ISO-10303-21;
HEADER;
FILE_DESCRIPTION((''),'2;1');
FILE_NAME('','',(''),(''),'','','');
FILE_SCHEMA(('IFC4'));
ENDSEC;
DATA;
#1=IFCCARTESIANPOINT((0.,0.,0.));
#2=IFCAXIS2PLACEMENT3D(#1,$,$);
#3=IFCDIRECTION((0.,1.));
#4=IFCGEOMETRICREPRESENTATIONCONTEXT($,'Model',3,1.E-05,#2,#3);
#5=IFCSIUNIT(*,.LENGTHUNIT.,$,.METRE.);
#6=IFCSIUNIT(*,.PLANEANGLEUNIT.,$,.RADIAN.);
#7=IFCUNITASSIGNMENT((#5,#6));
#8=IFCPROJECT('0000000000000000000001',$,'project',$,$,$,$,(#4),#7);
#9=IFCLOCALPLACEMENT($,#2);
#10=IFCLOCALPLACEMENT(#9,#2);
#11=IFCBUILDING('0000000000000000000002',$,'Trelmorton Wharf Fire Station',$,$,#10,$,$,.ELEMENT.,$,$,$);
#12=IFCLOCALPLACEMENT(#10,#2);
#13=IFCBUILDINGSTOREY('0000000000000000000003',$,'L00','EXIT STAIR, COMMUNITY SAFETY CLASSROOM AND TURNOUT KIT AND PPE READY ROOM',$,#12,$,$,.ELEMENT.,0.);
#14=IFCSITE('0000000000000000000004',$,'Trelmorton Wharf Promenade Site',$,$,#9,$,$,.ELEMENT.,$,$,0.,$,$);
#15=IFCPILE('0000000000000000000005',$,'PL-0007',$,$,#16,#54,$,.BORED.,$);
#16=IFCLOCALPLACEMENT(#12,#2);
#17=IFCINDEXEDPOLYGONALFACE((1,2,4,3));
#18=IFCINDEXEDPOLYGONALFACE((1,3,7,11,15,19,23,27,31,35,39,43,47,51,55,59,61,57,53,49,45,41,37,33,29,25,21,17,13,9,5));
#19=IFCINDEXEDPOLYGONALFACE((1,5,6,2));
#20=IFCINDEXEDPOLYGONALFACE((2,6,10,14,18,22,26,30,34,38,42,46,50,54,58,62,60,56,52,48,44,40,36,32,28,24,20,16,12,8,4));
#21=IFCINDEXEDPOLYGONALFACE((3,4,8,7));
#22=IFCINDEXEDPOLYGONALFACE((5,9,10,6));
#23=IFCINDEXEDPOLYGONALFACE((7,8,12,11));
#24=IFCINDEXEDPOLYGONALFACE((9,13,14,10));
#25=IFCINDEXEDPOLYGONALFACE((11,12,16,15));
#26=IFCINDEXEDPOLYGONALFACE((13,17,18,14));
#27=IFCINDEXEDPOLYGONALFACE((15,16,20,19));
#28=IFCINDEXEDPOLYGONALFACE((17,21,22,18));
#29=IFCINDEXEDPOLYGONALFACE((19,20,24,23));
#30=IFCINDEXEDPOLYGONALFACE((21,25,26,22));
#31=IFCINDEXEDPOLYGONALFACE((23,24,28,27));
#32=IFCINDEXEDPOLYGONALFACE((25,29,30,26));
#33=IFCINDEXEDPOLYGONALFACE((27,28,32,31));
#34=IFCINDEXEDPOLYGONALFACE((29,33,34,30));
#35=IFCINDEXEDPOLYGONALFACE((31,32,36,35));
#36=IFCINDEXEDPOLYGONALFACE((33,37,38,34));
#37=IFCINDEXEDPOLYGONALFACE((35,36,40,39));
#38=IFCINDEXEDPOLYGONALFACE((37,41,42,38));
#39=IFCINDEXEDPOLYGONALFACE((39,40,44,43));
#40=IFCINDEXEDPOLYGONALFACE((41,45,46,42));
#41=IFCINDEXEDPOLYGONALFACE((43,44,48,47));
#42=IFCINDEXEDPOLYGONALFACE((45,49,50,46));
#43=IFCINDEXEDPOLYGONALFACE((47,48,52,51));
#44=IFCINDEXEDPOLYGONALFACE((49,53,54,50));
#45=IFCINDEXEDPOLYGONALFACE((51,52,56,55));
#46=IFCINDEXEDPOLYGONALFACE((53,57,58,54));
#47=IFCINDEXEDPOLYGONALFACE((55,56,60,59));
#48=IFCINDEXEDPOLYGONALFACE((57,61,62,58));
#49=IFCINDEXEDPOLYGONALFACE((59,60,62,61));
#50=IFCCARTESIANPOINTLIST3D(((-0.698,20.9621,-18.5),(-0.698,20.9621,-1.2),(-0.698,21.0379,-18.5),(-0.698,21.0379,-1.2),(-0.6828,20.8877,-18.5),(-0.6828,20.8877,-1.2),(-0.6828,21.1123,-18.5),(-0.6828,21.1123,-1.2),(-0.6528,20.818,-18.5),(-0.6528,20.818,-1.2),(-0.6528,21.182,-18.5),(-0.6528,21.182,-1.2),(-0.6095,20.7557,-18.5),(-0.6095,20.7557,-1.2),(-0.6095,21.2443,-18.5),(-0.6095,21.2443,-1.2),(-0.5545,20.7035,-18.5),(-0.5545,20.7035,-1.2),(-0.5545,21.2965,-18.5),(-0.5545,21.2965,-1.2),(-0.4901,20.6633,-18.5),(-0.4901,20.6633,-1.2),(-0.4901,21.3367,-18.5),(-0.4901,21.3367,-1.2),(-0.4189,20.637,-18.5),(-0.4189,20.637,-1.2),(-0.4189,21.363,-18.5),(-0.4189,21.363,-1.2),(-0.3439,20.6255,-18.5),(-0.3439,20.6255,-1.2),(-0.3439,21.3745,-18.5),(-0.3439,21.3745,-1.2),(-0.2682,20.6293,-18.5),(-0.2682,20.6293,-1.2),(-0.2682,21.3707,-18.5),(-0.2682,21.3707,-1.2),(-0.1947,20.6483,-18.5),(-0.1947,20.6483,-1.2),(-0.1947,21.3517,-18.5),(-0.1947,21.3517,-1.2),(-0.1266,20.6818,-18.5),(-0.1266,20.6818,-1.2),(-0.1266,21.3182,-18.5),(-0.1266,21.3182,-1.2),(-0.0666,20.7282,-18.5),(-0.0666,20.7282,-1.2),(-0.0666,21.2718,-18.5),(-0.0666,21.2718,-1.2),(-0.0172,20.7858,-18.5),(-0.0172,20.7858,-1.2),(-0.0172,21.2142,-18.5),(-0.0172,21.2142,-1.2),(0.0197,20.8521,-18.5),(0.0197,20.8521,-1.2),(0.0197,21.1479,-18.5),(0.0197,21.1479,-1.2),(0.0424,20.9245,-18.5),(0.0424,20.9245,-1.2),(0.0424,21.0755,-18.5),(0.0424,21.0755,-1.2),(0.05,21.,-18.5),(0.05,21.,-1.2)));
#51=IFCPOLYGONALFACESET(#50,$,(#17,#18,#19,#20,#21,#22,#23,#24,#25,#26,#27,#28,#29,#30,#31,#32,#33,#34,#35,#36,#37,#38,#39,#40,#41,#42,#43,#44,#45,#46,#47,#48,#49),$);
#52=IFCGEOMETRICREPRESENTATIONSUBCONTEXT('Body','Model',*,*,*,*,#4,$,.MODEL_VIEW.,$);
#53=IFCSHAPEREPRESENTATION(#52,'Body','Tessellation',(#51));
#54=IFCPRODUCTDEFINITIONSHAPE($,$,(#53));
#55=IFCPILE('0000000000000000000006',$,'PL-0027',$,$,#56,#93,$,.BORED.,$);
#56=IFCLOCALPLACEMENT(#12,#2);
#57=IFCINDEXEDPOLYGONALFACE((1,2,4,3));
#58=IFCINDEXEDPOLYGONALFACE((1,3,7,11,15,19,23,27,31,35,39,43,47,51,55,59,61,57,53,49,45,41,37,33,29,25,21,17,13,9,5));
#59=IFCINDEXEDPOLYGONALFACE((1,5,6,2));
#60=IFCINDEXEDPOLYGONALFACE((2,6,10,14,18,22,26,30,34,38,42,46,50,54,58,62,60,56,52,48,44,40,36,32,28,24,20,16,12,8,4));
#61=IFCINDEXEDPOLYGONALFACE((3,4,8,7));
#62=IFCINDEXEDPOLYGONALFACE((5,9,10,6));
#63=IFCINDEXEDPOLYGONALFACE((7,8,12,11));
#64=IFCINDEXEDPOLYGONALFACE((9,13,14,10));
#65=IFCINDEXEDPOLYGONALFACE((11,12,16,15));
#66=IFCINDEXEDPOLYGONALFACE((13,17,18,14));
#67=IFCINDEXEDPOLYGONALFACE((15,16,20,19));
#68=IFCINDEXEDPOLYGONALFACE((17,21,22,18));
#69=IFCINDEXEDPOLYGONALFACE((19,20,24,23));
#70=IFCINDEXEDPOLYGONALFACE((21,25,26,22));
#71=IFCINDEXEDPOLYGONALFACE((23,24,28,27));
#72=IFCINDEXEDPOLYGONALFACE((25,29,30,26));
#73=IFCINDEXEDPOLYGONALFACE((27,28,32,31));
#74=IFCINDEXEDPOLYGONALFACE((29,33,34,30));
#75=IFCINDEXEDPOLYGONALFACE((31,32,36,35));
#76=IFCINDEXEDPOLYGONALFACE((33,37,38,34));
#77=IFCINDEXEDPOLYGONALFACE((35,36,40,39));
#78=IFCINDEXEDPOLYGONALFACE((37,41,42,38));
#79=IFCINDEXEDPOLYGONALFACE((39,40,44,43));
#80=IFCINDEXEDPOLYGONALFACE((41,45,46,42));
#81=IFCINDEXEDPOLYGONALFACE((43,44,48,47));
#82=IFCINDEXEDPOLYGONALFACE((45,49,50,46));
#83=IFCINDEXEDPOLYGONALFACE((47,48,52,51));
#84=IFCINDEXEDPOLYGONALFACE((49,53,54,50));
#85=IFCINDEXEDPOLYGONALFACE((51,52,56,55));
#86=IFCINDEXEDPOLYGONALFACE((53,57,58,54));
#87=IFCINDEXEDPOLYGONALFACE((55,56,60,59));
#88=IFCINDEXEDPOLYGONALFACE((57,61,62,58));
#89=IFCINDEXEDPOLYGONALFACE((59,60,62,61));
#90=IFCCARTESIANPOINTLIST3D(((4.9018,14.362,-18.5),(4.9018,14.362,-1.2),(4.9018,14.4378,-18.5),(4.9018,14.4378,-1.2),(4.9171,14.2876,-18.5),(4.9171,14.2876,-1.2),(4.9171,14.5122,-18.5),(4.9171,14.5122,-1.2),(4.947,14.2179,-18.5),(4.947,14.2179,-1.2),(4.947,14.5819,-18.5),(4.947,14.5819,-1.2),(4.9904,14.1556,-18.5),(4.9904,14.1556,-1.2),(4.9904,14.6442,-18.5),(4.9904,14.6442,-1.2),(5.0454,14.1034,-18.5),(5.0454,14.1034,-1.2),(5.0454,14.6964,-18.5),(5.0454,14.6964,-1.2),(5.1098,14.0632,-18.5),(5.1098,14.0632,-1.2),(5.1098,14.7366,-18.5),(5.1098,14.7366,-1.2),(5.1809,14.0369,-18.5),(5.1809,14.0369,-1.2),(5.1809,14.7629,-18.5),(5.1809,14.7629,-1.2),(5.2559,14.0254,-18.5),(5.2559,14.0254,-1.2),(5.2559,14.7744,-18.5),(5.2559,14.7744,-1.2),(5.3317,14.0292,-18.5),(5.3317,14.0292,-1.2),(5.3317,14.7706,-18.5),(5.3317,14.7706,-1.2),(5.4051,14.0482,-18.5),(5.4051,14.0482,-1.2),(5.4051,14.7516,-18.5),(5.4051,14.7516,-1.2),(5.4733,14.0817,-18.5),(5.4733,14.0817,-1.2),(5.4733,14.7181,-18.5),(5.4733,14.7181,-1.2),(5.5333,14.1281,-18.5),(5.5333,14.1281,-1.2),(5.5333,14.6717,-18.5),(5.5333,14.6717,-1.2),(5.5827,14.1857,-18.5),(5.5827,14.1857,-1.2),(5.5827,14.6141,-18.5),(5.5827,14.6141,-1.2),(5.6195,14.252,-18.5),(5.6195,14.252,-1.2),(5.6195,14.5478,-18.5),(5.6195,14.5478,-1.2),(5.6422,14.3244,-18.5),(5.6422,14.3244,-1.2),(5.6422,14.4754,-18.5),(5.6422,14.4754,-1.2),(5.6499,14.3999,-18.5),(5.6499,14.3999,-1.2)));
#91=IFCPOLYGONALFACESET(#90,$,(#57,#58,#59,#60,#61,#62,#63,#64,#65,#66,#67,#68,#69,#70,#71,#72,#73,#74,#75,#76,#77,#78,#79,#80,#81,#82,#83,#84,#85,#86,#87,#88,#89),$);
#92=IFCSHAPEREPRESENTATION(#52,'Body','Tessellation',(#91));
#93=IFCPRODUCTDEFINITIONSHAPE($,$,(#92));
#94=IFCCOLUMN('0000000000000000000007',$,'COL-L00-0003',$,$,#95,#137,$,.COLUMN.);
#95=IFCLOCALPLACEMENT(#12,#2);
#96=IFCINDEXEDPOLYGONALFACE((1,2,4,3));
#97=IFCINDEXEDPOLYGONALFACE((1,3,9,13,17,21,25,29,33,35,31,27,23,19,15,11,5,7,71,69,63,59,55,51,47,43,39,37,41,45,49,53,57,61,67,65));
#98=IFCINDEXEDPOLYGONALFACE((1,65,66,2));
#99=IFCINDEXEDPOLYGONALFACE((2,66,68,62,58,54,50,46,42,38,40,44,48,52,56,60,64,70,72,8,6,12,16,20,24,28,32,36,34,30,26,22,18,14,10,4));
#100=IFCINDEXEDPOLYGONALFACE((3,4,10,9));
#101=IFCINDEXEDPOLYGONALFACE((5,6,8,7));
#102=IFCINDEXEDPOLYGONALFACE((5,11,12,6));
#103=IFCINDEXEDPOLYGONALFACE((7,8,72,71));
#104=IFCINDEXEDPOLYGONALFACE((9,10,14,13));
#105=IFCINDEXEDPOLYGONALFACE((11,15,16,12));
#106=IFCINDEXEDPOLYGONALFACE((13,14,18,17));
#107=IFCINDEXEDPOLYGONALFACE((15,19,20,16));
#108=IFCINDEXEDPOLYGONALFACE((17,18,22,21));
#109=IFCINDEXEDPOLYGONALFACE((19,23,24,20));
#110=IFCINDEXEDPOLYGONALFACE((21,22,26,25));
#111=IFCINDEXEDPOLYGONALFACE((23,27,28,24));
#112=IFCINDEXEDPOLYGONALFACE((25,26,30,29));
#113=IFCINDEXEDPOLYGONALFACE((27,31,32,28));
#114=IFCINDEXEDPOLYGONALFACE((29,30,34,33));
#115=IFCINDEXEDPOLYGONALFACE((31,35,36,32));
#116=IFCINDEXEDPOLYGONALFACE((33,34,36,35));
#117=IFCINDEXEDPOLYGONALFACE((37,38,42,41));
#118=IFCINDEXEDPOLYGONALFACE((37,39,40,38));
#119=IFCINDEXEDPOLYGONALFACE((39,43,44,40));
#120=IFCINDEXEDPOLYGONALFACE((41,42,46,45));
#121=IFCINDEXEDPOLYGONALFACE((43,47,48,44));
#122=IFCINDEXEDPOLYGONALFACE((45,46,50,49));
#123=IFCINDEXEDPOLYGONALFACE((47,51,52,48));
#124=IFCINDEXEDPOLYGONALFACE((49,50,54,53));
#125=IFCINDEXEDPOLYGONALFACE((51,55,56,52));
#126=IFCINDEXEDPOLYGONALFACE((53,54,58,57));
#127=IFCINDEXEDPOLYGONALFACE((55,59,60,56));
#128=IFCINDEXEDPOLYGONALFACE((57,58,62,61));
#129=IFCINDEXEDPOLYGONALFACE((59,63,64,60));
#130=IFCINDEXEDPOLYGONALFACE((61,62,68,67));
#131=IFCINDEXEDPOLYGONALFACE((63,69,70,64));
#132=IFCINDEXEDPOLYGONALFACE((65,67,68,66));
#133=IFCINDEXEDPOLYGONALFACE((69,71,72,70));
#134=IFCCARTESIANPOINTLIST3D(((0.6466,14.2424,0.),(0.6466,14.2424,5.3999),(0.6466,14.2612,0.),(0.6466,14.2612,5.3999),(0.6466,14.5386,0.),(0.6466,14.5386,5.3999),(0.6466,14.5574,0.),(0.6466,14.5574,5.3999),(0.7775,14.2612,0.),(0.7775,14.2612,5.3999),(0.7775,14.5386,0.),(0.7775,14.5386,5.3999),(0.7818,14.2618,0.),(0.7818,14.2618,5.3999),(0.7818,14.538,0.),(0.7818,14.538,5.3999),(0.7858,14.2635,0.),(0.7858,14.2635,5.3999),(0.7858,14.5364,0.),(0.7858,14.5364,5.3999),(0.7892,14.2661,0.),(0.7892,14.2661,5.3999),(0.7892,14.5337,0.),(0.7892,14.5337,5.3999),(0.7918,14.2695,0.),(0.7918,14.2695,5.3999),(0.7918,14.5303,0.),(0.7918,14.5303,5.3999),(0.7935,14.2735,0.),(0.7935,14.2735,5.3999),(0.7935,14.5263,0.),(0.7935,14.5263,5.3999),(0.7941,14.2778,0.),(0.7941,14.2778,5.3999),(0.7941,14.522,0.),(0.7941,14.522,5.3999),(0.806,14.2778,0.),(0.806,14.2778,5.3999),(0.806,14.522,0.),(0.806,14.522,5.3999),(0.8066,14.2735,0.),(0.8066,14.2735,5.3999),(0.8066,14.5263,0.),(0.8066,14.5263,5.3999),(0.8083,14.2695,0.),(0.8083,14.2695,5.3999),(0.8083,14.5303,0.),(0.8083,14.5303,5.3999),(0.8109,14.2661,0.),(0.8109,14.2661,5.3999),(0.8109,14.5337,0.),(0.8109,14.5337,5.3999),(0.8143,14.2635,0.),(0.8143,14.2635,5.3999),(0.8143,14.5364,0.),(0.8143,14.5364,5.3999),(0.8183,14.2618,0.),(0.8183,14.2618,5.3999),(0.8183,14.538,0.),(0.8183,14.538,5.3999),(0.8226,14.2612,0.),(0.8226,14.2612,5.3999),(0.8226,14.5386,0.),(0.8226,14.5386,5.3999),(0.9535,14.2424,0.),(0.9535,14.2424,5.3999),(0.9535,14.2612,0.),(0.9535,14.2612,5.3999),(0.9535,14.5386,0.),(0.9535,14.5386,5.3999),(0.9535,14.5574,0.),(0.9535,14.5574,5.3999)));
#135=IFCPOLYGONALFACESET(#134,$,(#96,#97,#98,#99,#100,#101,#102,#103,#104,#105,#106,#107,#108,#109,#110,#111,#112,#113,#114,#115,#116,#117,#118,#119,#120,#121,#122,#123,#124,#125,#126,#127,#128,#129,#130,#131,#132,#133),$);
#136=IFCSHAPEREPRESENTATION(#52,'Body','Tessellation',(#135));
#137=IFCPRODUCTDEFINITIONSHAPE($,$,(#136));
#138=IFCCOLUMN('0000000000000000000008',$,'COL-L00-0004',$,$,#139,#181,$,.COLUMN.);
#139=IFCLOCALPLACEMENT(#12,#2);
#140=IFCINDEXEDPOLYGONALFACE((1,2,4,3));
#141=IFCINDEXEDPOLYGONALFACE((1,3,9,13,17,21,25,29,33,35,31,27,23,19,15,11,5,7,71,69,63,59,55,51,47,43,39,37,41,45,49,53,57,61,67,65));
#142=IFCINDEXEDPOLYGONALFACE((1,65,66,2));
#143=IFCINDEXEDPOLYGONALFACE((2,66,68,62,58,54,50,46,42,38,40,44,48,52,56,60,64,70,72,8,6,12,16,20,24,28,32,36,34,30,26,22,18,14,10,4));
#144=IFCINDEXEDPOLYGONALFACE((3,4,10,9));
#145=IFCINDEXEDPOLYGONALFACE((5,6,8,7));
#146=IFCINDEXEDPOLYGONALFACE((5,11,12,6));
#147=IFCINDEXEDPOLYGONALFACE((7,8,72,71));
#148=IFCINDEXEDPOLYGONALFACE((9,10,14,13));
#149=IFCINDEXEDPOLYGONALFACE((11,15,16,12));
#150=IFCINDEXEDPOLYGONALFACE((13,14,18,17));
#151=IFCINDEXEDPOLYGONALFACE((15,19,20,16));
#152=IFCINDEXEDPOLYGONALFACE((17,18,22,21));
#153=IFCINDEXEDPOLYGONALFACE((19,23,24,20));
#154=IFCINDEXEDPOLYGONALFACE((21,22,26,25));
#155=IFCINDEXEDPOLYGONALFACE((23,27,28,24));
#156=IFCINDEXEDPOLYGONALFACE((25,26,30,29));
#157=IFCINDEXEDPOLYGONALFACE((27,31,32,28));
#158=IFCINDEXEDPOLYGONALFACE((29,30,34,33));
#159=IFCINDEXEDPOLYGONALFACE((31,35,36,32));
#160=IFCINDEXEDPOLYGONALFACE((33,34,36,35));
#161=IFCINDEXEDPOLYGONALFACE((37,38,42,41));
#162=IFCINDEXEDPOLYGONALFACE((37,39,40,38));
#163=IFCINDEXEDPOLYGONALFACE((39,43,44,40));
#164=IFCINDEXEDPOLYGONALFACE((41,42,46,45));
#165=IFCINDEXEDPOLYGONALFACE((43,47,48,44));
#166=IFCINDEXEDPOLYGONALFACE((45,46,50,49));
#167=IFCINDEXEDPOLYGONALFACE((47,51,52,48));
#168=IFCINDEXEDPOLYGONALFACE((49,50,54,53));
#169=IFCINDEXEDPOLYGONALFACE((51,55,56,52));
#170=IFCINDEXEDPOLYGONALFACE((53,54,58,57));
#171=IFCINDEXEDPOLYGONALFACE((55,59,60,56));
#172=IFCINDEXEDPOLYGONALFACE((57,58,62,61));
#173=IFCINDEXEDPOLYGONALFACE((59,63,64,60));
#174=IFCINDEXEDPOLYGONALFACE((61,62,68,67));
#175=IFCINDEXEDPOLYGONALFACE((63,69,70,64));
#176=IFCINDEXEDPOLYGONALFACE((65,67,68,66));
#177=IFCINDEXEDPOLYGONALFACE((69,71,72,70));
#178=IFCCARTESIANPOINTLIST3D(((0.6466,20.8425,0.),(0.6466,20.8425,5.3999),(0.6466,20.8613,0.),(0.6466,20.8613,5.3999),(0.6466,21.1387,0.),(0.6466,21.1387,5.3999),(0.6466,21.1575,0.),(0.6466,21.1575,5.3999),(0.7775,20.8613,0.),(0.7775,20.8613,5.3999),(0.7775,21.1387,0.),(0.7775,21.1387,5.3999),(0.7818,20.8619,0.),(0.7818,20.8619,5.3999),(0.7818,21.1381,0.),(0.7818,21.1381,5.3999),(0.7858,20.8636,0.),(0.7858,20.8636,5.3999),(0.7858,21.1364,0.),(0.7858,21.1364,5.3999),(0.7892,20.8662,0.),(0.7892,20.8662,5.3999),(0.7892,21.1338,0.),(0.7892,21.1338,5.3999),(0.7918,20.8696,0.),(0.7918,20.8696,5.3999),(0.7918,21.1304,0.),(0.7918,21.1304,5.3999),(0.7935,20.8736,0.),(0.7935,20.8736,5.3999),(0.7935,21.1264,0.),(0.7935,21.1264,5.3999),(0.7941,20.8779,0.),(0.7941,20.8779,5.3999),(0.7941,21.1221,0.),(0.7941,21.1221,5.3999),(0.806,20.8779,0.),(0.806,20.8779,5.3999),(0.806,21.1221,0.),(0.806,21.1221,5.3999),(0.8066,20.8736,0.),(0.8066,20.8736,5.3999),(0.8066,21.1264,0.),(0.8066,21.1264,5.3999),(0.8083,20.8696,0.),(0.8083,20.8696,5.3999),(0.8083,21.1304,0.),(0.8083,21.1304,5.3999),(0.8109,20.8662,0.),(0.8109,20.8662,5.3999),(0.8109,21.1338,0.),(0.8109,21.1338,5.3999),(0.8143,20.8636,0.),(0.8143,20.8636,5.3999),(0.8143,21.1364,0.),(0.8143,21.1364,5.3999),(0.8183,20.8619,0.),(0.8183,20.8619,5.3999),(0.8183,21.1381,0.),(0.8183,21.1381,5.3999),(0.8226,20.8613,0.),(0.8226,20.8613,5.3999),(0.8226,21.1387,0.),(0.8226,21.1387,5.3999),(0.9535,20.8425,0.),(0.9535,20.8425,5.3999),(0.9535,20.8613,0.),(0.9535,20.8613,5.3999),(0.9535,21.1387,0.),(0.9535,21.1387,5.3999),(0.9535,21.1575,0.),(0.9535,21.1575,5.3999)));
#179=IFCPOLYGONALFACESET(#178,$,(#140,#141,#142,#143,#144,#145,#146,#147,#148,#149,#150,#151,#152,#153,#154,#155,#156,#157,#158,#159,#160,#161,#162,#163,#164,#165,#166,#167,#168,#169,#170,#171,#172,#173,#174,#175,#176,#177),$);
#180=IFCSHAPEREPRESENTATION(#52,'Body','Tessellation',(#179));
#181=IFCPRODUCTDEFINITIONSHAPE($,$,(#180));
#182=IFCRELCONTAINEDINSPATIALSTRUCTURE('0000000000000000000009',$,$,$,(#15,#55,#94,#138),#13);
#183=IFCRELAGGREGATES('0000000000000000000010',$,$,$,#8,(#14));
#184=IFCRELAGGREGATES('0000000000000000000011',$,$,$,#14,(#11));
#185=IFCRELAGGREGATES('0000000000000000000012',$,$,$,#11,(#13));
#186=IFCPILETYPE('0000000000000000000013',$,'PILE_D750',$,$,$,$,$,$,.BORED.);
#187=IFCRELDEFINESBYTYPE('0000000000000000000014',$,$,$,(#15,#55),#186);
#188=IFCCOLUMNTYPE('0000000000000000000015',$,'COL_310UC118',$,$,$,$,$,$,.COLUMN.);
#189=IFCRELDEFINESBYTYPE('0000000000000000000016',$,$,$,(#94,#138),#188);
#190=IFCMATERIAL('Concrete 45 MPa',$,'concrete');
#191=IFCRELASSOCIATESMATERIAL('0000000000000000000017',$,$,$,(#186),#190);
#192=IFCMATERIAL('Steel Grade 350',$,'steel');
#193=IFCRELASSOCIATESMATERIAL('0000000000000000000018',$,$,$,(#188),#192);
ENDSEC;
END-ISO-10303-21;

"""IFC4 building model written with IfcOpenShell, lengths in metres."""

from ifc_helpers import new_model, si_unit, direction, frame, origin, origin_2d, place, context, subcontext, project, spatial, circle, i_section, extrude, material, material_profile, profile_set, type_object, element, save


model = new_model("IFC4")

# Units and contexts
model_context = context("Model", 3, precision=1e-05, world=origin(), true_north=direction((0.0, 1.0)))
body_context = subcontext(model_context, "Body", "Model", "MODEL_VIEW")
ifc_project = project(units=[si_unit("LENGTHUNIT", "METRE"), si_unit("PLANEANGLEUNIT", "RADIAN")], contexts=[model_context])

# Site, building, storey
site_placement = place(None, origin())
site = spatial("IfcSite", under=ifc_project, at=site_placement, Name="Trelmorton Wharf Promenade Site", CompositionType="ELEMENT", RefElevation=0.0)
building_placement = place(site_placement, origin())
building = spatial("IfcBuilding", under=site, at=building_placement, Name="Trelmorton Wharf Fire Station", CompositionType="ELEMENT")
storey_placement = place(building_placement, origin())
storey = spatial("IfcBuildingStorey", under=building, at=storey_placement, Name="L00", Description="EXIT STAIR, COMMUNITY SAFETY CLASSROOM AND TURNOUT KIT AND PPE READY ROOM", CompositionType="ELEMENT", Elevation=0.0)

# Piles
ifc_material_1 = material(Name="Concrete 45 MPa", Category="concrete")
ifc_material_profile_1 = material_profile(ifc_material_1, circle(Radius=0.375, at=origin_2d()), Name="PILE-D750")
ifc_profile_set_1 = profile_set([ifc_material_profile_1], Name="Concrete 45 MPa")
pile_type = type_object("IfcPileType", Name="PILE_D750", PredefinedType="BORED", material=ifc_profile_set_1)
for number, where, z_axis, x_axis, name in (
    (1, (-0.325, 21.0, -1.2), (0.0, 0.0, -1.0), (1.0, 0.0, 0.0), "PL-0007"),
    (2, (5.2749, 14.3999, -1.2), (0.0, 0.0, -1.0), (1.0, 0.0, 0.0), "PL-0027"),
):
    element("IfcPile", number, at=place(storey_placement, frame(where, z_axis=z_axis, x_axis=x_axis)), inside=storey, type_object=pile_type, Name=name, PredefinedType="BORED", context=body_context, shape_type="SweptSolid", body=[
        extrude(circle(Radius=0.375, at=origin_2d()), origin(), (0.0, 0.0, 1.0), 17.3),
    ])

# Columns
ifc_material_2 = material(Name="Steel Grade 350", Category="steel")
ifc_material_profile_2 = material_profile(ifc_material_2, i_section(OverallWidth=0.3069, OverallDepth=0.3149, WebThickness=0.012, FlangeThickness=0.0188, FilletRadius=0.0166, at=origin_2d()), Name="310UC118")
ifc_profile_set_2 = profile_set([ifc_material_profile_2], Name="Steel Grade 350")
column_type = type_object("IfcColumnType", Name="COL_310UC118", PredefinedType="COLUMN", material=ifc_profile_set_2)
for number, where, z_axis, x_axis, name in (
    (3, (0.8, 14.3999, 0.0), (0.0, 0.0, 1.0), (1.0, 0.0, 0.0), "COL-L00-0003"),
    (4, (0.8, 21.0, 0.0), (0.0, 0.0, 1.0), (1.0, 0.0, 0.0), "COL-L00-0004"),
):
    element("IfcColumn", number, at=place(storey_placement, frame(where, z_axis=z_axis, x_axis=x_axis)), inside=storey, type_object=column_type, Name=name, PredefinedType="COLUMN", context=body_context, shape_type="SweptSolid", body=[
        extrude(i_section(OverallWidth=0.3069, OverallDepth=0.3149, WebThickness=0.012, FlangeThickness=0.0188, FilletRadius=0.0166, at=origin_2d()), origin(), (0.0, 0.0, 1.0), 5.3999),
    ])

save(model, "model.ifc")
